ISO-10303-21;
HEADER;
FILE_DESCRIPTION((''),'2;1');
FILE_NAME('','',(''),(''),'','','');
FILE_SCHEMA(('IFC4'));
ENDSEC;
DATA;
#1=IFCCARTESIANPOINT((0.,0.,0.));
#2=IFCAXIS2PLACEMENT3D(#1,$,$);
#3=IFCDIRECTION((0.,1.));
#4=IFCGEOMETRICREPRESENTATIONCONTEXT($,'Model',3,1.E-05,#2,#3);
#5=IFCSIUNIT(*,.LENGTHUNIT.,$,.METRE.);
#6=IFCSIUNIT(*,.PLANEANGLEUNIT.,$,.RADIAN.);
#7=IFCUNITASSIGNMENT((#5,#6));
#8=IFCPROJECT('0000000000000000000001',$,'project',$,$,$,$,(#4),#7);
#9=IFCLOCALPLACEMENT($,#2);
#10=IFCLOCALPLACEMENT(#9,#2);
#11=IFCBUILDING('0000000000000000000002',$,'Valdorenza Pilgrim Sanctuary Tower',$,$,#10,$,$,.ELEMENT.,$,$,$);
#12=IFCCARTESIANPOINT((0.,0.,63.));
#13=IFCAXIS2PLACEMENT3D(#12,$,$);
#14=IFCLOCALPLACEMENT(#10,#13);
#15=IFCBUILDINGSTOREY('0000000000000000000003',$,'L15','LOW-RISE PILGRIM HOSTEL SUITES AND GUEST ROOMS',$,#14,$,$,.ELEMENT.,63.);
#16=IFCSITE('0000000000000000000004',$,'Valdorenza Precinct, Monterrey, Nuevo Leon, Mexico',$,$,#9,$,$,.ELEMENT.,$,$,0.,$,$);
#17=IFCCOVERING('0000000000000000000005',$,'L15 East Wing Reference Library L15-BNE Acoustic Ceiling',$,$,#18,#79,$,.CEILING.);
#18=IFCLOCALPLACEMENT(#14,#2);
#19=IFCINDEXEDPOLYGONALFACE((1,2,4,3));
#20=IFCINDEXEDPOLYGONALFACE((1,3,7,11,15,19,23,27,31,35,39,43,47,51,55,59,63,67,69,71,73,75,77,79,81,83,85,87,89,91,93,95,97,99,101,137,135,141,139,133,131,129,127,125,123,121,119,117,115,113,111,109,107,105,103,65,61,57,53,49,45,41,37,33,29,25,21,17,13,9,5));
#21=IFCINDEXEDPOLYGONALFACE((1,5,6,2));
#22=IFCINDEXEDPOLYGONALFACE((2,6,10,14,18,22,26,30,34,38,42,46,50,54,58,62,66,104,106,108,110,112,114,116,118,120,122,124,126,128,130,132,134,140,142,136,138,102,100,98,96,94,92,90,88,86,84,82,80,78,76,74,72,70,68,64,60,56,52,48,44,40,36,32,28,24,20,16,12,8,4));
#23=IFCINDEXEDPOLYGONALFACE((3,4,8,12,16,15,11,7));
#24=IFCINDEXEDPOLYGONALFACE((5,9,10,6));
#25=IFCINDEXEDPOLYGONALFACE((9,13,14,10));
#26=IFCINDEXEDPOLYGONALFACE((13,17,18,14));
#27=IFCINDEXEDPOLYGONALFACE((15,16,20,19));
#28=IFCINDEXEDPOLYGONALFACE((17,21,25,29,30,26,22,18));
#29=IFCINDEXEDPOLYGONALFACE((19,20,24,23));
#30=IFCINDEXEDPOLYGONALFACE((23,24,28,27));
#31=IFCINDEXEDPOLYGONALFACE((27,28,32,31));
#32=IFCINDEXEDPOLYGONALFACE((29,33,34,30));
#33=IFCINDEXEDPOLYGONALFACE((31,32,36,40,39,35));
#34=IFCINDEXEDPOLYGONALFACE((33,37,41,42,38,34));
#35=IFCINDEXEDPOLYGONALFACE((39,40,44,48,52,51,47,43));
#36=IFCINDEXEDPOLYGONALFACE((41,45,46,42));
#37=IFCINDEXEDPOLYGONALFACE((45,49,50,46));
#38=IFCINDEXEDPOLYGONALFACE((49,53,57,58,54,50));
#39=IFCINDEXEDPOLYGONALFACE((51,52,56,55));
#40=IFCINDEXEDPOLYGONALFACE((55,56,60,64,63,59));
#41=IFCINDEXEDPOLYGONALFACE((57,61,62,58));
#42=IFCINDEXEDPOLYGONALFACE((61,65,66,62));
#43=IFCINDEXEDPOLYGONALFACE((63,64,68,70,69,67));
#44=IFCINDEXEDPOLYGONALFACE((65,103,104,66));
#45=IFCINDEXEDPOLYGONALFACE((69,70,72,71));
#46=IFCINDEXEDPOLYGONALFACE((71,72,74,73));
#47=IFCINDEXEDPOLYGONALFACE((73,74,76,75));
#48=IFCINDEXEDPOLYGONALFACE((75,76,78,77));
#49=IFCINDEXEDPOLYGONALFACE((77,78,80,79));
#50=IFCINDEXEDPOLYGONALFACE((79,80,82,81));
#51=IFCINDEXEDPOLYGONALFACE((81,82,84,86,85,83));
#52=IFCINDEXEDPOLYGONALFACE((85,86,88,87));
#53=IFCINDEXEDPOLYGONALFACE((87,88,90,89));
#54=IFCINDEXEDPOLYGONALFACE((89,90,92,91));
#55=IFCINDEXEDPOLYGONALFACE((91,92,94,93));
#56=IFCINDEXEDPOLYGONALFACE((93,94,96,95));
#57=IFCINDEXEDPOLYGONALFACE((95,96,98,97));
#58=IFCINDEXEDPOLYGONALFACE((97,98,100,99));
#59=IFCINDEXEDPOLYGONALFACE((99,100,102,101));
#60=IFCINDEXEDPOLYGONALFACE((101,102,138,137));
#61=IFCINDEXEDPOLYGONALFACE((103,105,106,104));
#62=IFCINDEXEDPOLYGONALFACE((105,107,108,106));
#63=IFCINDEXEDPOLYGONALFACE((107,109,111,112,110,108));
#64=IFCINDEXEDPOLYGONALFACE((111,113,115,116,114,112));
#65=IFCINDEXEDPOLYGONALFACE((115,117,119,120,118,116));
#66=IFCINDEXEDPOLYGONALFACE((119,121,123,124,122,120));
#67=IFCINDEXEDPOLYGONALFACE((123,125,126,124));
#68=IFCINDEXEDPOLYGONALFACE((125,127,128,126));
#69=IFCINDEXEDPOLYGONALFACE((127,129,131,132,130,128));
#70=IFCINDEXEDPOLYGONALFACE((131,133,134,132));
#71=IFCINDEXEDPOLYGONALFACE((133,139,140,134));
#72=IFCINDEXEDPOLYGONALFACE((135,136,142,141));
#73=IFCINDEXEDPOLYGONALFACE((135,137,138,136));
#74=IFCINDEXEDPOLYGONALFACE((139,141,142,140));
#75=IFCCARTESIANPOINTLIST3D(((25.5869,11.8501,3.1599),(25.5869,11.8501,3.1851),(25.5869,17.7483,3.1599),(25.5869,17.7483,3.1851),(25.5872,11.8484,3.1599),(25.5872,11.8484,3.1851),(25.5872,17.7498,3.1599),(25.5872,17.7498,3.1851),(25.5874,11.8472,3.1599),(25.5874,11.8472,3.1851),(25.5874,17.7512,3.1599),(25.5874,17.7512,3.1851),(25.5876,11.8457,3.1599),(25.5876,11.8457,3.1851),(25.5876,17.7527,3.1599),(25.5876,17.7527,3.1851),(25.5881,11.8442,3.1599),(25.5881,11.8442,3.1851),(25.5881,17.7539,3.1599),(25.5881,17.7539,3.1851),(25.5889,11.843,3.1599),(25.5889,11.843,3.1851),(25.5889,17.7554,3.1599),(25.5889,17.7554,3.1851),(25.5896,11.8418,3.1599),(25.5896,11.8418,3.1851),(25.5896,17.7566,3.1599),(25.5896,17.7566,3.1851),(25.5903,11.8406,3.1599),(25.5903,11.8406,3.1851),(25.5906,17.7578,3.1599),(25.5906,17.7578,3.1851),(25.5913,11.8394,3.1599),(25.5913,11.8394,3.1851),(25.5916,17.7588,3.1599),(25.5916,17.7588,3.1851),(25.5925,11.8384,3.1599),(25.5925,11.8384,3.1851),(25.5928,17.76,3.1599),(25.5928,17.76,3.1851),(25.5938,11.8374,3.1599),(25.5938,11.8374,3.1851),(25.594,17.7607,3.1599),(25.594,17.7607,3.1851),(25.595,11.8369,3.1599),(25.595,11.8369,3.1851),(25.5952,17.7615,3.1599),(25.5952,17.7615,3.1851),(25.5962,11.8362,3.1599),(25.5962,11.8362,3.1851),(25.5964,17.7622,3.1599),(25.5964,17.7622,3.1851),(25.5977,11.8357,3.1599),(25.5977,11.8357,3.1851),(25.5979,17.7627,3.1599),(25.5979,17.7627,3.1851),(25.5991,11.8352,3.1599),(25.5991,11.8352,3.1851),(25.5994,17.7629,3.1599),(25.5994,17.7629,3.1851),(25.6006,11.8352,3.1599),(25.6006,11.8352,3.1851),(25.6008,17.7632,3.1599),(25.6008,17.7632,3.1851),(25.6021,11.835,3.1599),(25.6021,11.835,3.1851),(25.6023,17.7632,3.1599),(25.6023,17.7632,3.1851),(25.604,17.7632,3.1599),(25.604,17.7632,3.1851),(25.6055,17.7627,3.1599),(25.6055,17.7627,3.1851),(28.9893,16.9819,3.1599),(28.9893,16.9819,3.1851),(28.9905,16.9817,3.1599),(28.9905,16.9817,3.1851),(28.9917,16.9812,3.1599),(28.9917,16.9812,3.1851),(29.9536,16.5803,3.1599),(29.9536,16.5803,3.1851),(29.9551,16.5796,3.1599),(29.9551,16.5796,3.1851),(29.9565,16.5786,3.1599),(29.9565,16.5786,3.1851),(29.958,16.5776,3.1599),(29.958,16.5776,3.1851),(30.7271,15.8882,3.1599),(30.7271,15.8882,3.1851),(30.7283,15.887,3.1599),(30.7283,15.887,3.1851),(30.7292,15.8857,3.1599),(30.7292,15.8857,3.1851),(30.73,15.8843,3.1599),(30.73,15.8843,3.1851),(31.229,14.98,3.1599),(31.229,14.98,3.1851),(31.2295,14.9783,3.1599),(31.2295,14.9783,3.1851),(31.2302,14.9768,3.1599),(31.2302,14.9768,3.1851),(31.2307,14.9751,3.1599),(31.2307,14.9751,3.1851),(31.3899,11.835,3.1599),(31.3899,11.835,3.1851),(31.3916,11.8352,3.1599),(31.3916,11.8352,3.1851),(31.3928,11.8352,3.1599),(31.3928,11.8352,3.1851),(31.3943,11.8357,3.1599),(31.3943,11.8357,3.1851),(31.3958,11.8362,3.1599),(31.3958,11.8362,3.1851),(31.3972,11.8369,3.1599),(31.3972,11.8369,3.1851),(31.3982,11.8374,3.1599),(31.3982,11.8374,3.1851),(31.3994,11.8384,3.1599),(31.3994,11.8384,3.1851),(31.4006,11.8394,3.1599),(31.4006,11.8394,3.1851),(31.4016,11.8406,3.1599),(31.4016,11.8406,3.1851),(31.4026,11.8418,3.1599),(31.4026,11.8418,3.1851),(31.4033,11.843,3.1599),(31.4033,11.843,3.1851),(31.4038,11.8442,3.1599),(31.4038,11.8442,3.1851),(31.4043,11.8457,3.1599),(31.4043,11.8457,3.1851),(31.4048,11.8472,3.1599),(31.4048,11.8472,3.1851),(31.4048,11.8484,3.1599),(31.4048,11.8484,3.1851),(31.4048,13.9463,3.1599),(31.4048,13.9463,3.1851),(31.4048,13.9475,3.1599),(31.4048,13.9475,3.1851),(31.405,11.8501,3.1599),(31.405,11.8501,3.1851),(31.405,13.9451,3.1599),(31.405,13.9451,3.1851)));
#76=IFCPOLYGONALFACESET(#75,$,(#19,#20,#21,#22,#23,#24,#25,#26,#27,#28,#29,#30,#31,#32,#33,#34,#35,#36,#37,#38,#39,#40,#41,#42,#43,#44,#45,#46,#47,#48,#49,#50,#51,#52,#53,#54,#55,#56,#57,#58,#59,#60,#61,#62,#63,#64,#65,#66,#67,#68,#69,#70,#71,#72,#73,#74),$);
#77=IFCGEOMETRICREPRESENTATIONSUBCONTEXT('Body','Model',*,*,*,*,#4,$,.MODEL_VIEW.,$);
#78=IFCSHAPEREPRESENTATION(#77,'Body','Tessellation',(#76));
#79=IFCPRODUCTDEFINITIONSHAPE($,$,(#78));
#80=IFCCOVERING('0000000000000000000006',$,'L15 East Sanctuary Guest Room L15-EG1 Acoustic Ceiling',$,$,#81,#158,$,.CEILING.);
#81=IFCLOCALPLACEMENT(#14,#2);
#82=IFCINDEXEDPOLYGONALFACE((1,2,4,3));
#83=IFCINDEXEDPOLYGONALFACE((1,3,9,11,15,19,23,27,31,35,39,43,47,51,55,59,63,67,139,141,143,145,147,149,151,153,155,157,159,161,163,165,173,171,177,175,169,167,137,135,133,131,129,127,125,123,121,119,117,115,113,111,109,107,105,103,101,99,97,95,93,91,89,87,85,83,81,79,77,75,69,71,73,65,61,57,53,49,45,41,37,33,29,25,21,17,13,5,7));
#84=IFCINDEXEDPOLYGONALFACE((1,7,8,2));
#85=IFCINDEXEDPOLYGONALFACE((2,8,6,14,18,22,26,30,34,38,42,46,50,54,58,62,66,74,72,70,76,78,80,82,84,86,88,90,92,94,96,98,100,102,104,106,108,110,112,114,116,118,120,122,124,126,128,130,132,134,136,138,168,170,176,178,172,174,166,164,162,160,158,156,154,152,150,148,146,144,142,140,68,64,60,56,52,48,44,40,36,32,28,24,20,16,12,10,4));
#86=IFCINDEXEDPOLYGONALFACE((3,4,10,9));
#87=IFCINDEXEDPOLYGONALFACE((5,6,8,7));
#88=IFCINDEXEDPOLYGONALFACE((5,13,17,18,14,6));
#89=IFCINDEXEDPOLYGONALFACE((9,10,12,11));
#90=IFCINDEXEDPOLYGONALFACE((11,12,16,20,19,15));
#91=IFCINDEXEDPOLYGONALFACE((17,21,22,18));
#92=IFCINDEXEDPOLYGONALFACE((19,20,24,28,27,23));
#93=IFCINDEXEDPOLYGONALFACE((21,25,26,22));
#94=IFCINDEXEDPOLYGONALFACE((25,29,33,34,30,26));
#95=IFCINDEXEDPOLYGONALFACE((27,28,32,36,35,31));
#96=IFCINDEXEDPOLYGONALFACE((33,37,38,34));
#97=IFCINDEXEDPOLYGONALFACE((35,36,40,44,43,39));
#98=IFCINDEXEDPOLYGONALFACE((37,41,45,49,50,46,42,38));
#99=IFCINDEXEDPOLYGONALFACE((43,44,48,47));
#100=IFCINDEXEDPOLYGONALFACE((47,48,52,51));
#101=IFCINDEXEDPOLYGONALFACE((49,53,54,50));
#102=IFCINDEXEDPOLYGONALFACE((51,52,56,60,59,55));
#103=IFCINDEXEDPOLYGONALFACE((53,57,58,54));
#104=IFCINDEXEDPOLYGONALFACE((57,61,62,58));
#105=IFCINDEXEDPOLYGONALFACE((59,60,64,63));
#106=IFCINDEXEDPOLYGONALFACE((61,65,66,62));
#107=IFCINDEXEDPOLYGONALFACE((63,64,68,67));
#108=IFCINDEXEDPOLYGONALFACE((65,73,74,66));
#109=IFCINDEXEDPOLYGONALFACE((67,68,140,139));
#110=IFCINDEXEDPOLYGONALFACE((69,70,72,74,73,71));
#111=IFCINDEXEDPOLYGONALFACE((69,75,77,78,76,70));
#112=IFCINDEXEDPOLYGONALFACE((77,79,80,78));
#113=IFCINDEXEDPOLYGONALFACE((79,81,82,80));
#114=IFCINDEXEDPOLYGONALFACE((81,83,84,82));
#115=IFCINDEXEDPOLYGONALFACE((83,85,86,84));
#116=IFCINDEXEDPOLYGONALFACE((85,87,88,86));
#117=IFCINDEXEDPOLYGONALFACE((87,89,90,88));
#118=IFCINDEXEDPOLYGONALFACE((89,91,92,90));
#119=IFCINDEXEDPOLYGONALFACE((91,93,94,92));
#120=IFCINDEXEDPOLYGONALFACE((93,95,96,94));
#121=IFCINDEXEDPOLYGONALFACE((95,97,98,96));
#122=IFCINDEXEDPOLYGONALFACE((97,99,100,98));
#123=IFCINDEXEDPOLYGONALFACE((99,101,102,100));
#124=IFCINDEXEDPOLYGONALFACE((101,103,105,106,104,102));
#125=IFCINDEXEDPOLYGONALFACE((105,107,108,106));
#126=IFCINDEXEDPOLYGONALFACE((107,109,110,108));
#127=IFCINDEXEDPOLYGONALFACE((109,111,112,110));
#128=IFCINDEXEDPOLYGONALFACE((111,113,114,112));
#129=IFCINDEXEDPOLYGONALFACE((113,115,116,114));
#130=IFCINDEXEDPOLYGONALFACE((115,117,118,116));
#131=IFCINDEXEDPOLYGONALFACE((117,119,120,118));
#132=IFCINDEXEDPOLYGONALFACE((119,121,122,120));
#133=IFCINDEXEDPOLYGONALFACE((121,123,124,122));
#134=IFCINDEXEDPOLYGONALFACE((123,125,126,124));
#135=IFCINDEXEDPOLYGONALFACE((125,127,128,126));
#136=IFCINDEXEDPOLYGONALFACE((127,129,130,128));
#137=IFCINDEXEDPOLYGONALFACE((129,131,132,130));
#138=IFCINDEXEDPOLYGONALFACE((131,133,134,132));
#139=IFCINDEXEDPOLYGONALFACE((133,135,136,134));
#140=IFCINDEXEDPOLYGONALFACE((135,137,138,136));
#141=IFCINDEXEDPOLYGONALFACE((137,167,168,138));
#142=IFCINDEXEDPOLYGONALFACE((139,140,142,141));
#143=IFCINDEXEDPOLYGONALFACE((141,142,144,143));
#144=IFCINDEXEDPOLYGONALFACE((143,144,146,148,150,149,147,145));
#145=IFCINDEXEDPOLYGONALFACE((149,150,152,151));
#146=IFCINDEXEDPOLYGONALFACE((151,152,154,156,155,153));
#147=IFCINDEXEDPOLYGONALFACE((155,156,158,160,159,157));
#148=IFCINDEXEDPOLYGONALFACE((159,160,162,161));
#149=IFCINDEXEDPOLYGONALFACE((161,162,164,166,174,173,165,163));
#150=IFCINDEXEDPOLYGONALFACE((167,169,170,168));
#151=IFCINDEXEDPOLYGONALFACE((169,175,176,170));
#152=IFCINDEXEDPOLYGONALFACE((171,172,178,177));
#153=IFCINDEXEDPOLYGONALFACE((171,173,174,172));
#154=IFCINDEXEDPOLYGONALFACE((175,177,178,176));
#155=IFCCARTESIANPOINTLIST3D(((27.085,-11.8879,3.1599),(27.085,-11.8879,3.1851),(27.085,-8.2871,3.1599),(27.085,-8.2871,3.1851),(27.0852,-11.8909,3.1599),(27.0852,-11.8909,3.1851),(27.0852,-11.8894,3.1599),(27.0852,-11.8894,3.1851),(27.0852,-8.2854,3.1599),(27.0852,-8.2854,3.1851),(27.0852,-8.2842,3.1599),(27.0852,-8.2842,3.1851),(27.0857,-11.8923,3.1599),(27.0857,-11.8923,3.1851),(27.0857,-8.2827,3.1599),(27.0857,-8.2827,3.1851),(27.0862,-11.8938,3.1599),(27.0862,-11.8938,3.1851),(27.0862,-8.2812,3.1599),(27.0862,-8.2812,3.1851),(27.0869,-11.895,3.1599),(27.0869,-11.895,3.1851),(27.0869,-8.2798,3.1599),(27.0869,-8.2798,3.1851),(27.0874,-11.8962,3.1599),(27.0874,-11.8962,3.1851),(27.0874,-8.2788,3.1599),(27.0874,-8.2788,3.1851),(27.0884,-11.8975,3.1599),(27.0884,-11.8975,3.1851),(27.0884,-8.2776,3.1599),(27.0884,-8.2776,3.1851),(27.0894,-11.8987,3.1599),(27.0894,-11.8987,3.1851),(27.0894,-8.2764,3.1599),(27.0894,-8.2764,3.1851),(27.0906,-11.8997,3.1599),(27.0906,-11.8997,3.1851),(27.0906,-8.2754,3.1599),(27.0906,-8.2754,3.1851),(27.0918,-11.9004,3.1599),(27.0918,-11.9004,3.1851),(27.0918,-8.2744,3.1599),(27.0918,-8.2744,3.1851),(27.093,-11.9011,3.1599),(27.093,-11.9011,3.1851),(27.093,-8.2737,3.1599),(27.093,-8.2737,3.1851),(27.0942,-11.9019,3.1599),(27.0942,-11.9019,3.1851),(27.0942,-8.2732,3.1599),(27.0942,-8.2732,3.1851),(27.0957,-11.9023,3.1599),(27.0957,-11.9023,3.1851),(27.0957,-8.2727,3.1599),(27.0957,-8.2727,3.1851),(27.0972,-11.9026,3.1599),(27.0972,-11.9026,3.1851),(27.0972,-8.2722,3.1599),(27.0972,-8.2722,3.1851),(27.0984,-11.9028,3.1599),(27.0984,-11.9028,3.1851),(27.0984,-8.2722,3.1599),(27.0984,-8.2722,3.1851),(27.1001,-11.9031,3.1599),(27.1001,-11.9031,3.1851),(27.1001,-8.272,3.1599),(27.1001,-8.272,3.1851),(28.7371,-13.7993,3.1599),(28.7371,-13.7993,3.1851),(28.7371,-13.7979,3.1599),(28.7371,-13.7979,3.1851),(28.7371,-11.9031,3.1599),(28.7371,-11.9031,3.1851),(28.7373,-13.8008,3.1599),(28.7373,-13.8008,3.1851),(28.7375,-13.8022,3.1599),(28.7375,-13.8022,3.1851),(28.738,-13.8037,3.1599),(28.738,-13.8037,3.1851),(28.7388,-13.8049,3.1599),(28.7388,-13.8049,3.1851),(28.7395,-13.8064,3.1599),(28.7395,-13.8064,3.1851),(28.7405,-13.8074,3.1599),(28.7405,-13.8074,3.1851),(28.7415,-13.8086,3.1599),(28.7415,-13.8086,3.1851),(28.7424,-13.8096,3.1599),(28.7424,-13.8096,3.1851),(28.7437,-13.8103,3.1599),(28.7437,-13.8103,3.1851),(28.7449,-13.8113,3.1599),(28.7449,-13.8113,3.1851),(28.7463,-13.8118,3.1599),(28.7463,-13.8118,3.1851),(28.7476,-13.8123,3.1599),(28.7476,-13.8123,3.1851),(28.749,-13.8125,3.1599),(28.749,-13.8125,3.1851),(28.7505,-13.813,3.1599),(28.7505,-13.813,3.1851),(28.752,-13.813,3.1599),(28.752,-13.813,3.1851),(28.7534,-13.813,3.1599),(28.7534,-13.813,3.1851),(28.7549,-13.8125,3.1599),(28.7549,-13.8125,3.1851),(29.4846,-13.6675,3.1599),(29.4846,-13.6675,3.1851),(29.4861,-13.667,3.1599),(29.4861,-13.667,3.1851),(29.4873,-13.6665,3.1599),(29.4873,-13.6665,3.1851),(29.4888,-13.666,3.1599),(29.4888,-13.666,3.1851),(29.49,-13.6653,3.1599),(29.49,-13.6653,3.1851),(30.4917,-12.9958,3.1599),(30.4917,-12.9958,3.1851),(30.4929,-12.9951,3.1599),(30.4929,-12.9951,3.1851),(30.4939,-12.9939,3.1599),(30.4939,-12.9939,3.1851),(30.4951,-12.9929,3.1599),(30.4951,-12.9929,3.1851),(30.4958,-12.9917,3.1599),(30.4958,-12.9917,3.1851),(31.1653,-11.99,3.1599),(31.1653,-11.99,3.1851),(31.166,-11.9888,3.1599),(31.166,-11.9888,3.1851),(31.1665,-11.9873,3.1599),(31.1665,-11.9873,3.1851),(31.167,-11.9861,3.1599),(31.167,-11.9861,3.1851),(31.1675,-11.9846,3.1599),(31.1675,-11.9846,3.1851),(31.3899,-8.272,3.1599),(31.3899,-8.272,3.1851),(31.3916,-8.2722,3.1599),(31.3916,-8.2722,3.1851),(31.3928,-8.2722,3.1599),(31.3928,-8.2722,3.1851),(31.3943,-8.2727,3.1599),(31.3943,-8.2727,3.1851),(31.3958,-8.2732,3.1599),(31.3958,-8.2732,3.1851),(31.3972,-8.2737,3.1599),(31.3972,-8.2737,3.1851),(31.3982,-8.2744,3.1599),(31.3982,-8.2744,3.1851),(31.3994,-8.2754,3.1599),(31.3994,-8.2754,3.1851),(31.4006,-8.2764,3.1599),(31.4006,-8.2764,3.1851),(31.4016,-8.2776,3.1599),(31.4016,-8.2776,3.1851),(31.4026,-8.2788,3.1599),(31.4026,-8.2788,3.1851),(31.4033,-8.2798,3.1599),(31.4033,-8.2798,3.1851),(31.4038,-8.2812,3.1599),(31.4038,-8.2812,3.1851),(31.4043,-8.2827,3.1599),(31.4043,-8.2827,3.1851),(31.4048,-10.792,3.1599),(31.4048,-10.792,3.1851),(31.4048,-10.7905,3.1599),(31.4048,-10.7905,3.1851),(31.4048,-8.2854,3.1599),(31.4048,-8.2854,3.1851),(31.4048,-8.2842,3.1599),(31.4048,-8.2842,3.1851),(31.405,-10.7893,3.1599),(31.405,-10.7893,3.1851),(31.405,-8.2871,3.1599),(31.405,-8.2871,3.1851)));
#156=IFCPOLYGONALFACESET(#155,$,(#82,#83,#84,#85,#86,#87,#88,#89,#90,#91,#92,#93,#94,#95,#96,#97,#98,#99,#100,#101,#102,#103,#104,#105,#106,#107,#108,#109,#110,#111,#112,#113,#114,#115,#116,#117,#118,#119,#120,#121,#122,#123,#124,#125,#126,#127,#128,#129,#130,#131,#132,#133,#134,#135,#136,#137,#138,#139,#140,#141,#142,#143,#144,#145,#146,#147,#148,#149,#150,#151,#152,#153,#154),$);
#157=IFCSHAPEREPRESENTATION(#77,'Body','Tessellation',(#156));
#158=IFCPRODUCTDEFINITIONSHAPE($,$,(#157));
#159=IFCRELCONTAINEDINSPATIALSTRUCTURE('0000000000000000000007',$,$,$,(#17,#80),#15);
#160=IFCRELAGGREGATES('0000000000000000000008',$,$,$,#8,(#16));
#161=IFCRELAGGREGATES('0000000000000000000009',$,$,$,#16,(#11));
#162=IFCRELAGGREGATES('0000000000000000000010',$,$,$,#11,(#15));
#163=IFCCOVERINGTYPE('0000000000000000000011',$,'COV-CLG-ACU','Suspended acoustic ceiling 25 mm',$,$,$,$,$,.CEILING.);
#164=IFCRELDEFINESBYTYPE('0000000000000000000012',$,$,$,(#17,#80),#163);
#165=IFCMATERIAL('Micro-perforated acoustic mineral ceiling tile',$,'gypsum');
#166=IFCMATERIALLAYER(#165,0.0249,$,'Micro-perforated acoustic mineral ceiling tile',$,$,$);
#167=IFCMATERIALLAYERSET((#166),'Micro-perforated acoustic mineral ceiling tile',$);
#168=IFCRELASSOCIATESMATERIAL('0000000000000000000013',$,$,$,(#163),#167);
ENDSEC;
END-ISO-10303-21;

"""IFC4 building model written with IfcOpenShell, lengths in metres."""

from ifc_helpers import new_model, si_unit, direction, frame, origin, place, context, subcontext, project, spatial, polyline, outline, extrude, material, layer, layer_set, type_object, element, save


model = new_model("IFC4")

# Units and contexts
model_context = context("Model", 3, precision=1e-05, world=origin(), true_north=direction((0.0, 1.0)))
body_context = subcontext(model_context, "Body", "Model", "MODEL_VIEW")
ifc_project = project(units=[si_unit("LENGTHUNIT", "METRE"), si_unit("PLANEANGLEUNIT", "RADIAN")], contexts=[model_context])

# Site, building, storey
site_placement = place(None, origin())
site = spatial("IfcSite", under=ifc_project, at=site_placement, Name="Valdorenza Precinct, Monterrey, Nuevo Leon, Mexico", CompositionType="ELEMENT", RefElevation=0.0)
building_placement = place(site_placement, origin())
building = spatial("IfcBuilding", under=site, at=building_placement, Name="Valdorenza Pilgrim Sanctuary Tower", CompositionType="ELEMENT")
storey_placement = place(building_placement, frame((0.0, 0.0, 63.0)))
storey = spatial("IfcBuildingStorey", under=building, at=storey_placement, Name="L15", Description="LOW-RISE PILGRIM HOSTEL SUITES AND GUEST ROOMS", CompositionType="ELEMENT", Elevation=63.0)

# Coverings
ifc_material_1 = material(Name="Micro-perforated acoustic mineral ceiling tile", Category="gypsum")
ifc_layer_1 = layer(ifc_material_1, 0.0249, Name="Micro-perforated acoustic mineral ceiling tile")
ifc_layer_set_1 = layer_set([ifc_layer_1], Name="Micro-perforated acoustic mineral ceiling tile")
covering_type_1 = type_object("IfcCoveringType", Name="COV-CLG-ACU", Description="Suspended acoustic ceiling 25 mm", PredefinedType="CEILING", material=ifc_layer_set_1)
covering_1_placement = place(storey_placement, frame((0.0, 0.0, 3.1599)))
element("IfcCovering", 1, at=covering_1_placement, inside=storey, type_object=covering_type_1, Name="L15 East Wing Reference Library L15-BNE Acoustic Ceiling", PredefinedType="CEILING", context=body_context, shape_type="SweptSolid", body=[
    extrude(outline(polyline([(28.9893, 16.9819), (28.9905, 16.9817), (28.9917, 16.9812), (29.9536, 16.5803), (29.9551, 16.5796), (29.9565, 16.5786), (29.958, 16.5776), (30.7271, 15.8882), (30.7283, 15.887), (30.7292, 15.8857), (30.73, 15.8843), (31.229, 14.98), (31.2295, 14.9783), (31.2302, 14.9768), (31.2307, 14.9751), (31.4048, 13.9475), (31.4048, 13.9463), (31.405, 13.9451), (31.405, 11.8501), (31.4048, 11.8484), (31.4048, 11.8472), (31.4043, 11.8457), (31.4038, 11.8442), (31.4033, 11.843), (31.4026, 11.8418), (31.4016, 11.8406), (31.4006, 11.8394), (31.3994, 11.8384), (31.3982, 11.8374), (31.3972, 11.8369), (31.3958, 11.8362), (31.3943, 11.8357), (31.3928, 11.8352), (31.3916, 11.8352), (31.3899, 11.835), (25.6021, 11.835), (25.6006, 11.8352), (25.5991, 11.8352), (25.5977, 11.8357), (25.5962, 11.8362), (25.595, 11.8369), (25.5938, 11.8374), (25.5925, 11.8384), (25.5913, 11.8394), (25.5903, 11.8406), (25.5896, 11.8418), (25.5889, 11.843), (25.5881, 11.8442), (25.5876, 11.8457), (25.5874, 11.8472), (25.5872, 11.8484), (25.5869, 11.8501), (25.5869, 17.7483), (25.5872, 17.7498), (25.5874, 17.7512), (25.5876, 17.7527), (25.5881, 17.7539), (25.5889, 17.7554), (25.5896, 17.7566), (25.5906, 17.7578), (25.5916, 17.7588), (25.5928, 17.76), (25.594, 17.7607), (25.5952, 17.7615), (25.5964, 17.7622), (25.5979, 17.7627), (25.5994, 17.7629), (25.6008, 17.7632), (25.6023, 17.7632), (25.604, 17.7632), (25.6055, 17.7627), (28.9893, 16.9819)])), origin(), (0.0, 0.0, 1.0), 0.0251),
])
covering_2_placement = place(storey_placement, frame((0.0, 0.0, 3.1599)))
element("IfcCovering", 2, at=covering_2_placement, inside=storey, type_object=covering_type_1, Name="L15 East Sanctuary Guest Room L15-EG1 Acoustic Ceiling", PredefinedType="CEILING", context=body_context, shape_type="SweptSolid", body=[
    extrude(outline(polyline([(28.7371, -11.9031), (27.1001, -11.9031), (27.0984, -11.9028), (27.0972, -11.9026), (27.0957, -11.9023), (27.0942, -11.9019), (27.093, -11.9011), (27.0918, -11.9004), (27.0906, -11.8997), (27.0894, -11.8987), (27.0884, -11.8975), (27.0874, -11.8962), (27.0869, -11.895), (27.0862, -11.8938), (27.0857, -11.8923), (27.0852, -11.8909), (27.0852, -11.8894), (27.085, -11.8879), (27.085, -8.2871), (27.0852, -8.2854), (27.0852, -8.2842), (27.0857, -8.2827), (27.0862, -8.2812), (27.0869, -8.2798), (27.0874, -8.2788), (27.0884, -8.2776), (27.0894, -8.2764), (27.0906, -8.2754), (27.0918, -8.2744), (27.093, -8.2737), (27.0942, -8.2732), (27.0957, -8.2727), (27.0972, -8.2722), (27.0984, -8.2722), (27.1001, -8.272), (31.3899, -8.272), (31.3916, -8.2722), (31.3928, -8.2722), (31.3943, -8.2727), (31.3958, -8.2732), (31.3972, -8.2737), (31.3982, -8.2744), (31.3994, -8.2754), (31.4006, -8.2764), (31.4016, -8.2776), (31.4026, -8.2788), (31.4033, -8.2798), (31.4038, -8.2812), (31.4043, -8.2827), (31.4048, -8.2842), (31.4048, -8.2854), (31.405, -8.2871), (31.405, -10.7893), (31.4048, -10.7905), (31.4048, -10.792), (31.1675, -11.9846), (31.167, -11.9861), (31.1665, -11.9873), (31.166, -11.9888), (31.1653, -11.99), (30.4958, -12.9917), (30.4951, -12.9929), (30.4939, -12.9939), (30.4929, -12.9951), (30.4917, -12.9958), (29.49, -13.6653), (29.4888, -13.666), (29.4873, -13.6665), (29.4861, -13.667), (29.4846, -13.6675), (28.7549, -13.8125), (28.7534, -13.813), (28.752, -13.813), (28.7505, -13.813), (28.749, -13.8125), (28.7476, -13.8123), (28.7463, -13.8118), (28.7449, -13.8113), (28.7437, -13.8103), (28.7424, -13.8096), (28.7415, -13.8086), (28.7405, -13.8074), (28.7395, -13.8064), (28.7388, -13.8049), (28.738, -13.8037), (28.7375, -13.8022), (28.7373, -13.8008), (28.7371, -13.7993), (28.7371, -13.7979), (28.7371, -11.9031)])), origin(), (0.0, 0.0, 1.0), 0.0251),
])

save(model, "model.ifc")
